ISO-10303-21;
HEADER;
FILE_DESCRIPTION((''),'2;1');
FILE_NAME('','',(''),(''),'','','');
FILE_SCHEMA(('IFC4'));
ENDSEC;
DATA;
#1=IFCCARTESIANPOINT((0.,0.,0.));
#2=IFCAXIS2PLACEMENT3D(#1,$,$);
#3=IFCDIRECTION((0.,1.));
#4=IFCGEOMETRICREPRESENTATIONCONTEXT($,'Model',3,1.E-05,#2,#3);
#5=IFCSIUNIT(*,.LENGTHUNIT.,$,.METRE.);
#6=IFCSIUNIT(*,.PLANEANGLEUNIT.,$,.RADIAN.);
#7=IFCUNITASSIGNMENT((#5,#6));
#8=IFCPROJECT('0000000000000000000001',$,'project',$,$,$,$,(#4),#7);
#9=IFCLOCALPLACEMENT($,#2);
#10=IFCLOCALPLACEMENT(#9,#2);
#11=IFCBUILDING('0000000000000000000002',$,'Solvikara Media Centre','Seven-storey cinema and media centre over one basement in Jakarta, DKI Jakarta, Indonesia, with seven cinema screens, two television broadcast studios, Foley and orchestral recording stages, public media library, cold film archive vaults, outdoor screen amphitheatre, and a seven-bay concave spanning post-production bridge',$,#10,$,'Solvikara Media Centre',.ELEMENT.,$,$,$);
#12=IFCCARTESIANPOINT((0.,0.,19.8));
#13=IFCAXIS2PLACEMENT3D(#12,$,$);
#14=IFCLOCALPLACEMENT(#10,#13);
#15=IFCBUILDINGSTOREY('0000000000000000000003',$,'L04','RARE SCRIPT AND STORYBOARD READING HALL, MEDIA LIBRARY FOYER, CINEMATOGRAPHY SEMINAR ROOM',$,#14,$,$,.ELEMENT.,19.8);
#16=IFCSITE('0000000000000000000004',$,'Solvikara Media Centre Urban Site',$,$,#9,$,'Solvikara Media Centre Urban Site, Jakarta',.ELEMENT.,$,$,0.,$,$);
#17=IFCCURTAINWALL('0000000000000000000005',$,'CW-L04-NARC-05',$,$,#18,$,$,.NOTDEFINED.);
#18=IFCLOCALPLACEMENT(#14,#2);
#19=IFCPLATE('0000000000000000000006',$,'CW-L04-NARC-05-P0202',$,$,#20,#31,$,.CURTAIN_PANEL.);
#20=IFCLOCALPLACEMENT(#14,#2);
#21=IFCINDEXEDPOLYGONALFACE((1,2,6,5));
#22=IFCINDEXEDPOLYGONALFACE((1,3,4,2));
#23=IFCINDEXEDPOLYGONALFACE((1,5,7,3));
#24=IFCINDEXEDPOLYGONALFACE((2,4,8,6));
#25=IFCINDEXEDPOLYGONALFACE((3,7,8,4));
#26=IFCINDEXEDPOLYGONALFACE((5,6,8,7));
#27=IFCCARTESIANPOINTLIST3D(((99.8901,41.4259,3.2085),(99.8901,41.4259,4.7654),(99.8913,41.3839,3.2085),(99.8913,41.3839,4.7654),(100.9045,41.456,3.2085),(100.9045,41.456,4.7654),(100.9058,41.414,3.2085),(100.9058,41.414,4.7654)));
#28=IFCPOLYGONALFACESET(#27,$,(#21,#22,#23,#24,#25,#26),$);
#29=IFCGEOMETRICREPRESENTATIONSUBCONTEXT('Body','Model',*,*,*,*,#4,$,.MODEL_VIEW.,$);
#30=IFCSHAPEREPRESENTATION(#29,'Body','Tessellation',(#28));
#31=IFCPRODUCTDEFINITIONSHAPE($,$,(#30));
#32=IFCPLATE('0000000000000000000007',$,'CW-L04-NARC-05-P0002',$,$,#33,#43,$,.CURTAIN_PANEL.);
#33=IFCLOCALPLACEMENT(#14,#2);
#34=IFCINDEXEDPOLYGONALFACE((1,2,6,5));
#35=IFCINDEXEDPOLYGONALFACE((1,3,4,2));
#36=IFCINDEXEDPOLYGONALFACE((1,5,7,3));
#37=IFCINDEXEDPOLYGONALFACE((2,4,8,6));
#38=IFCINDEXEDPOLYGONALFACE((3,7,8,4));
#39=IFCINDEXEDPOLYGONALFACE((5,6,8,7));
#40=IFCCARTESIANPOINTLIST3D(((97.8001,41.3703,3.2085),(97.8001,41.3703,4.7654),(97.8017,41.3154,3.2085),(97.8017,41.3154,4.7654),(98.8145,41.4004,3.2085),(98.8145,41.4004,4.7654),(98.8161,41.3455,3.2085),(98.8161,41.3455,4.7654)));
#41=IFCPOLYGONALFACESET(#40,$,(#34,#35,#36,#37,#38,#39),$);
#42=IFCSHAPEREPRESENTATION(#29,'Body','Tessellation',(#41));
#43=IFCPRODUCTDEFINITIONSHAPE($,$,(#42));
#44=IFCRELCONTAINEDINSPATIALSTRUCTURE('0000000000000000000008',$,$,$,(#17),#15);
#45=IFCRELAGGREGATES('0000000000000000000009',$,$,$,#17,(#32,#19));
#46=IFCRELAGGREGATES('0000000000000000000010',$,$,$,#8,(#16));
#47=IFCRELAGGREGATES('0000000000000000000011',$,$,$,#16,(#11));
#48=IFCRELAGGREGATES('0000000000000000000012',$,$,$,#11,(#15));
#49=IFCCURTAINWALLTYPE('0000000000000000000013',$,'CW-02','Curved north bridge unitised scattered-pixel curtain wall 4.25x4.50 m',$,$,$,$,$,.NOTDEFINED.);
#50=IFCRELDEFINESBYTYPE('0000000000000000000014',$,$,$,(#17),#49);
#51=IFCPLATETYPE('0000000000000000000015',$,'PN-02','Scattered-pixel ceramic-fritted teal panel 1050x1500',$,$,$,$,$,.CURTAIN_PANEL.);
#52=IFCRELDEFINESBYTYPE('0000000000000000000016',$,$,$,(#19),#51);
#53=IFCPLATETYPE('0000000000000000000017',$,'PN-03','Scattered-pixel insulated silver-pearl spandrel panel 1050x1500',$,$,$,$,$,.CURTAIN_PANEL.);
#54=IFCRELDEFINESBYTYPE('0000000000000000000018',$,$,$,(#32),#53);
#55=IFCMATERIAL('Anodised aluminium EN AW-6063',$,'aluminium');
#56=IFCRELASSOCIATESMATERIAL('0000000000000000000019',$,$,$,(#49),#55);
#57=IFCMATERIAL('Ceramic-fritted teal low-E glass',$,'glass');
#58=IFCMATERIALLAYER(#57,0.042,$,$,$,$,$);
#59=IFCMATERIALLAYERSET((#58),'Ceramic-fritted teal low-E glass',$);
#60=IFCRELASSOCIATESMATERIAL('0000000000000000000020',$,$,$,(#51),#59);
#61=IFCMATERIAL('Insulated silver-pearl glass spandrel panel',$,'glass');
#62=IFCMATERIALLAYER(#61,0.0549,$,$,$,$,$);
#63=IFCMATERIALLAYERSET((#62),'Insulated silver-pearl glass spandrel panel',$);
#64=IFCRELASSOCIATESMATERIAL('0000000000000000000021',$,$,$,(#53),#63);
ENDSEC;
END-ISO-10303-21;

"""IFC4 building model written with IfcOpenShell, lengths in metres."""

from ifc_helpers import new_model, si_unit, direction, frame, origin, origin_2d, place, context, subcontext, project, spatial, rectangle, extrude, material, layer, layer_set, type_object, element, aggregate, save


model = new_model("IFC4")

# Units and contexts
model_context = context("Model", 3, precision=1e-05, world=origin(), true_north=direction((0.0, 1.0)))
body_context = subcontext(model_context, "Body", "Model", "MODEL_VIEW")
ifc_project = project(units=[si_unit("LENGTHUNIT", "METRE"), si_unit("PLANEANGLEUNIT", "RADIAN")], contexts=[model_context])

# Site, building, storey
site_placement = place(None, origin())
site = spatial("IfcSite", under=ifc_project, at=site_placement, Name="Solvikara Media Centre Urban Site", LongName="Solvikara Media Centre Urban Site, Jakarta", CompositionType="ELEMENT", RefElevation=0.0)
building_placement = place(site_placement, origin())
building = spatial("IfcBuilding", under=site, at=building_placement, Name="Solvikara Media Centre", Description="Seven-storey cinema and media centre over one basement in Jakarta, DKI Jakarta, Indonesia, with seven cinema screens, two television broadcast studios, Foley and orchestral recording stages, public media library, cold film archive vaults, outdoor screen amphitheatre, and a seven-bay concave spanning post-production bridge", LongName="Solvikara Media Centre", CompositionType="ELEMENT")
storey_placement = place(building_placement, frame((0.0, 0.0, 19.8)))
storey = spatial("IfcBuildingStorey", under=building, at=storey_placement, Name="L04", Description="RARE SCRIPT AND STORYBOARD READING HALL, MEDIA LIBRARY FOYER, CINEMATOGRAPHY SEMINAR ROOM", CompositionType="ELEMENT", Elevation=19.8)

# Curtain wall
ifc_material_1 = material(Name="Anodised aluminium EN AW-6063", Category="aluminium")
curtain_wall_type = type_object("IfcCurtainWallType", Name="CW-02", Description="Curved north bridge unitised scattered-pixel curtain wall 4.25x4.50 m", PredefinedType="NOTDEFINED", material=ifc_material_1)
curtain_wall_1_placement = place(storey_placement, origin())
curtain_wall_1 = element("IfcCurtainWall", 1, at=curtain_wall_1_placement, inside=storey, type_object=curtain_wall_type, Name="CW-L04-NARC-05", PredefinedType="NOTDEFINED")

# Plates
ifc_material_2 = material(Name="Ceramic-fritted teal low-E glass", Category="glass")
ifc_layer_1 = layer(ifc_material_2, 0.042)
ifc_layer_set_1 = layer_set([ifc_layer_1], Name="Ceramic-fritted teal low-E glass")
plate_type_1 = type_object("IfcPlateType", Name="PN-02", Description="Scattered-pixel ceramic-fritted teal panel 1050x1500", PredefinedType="CURTAIN_PANEL", material=ifc_layer_set_1)
plate_1_placement = place(storey_placement, frame((100.3979, 41.4199, 3.2085), z_axis=(0.0, 0.0, 1.0), x_axis=(0.99956, 0.029649, 0.0)))
plate_1 = element("IfcPlate", 2, at=plate_1_placement, type_object=plate_type_1, Name="CW-L04-NARC-05-P0202", PredefinedType="CURTAIN_PANEL", context=body_context, shape_type="SweptSolid", body=[
    extrude(rectangle(XDim=1.0149, YDim=0.042, at=origin_2d()), origin(), (0.0, 0.0, 1.0), 1.5569),
])
ifc_material_3 = material(Name="Insulated silver-pearl glass spandrel panel", Category="glass")
ifc_layer_2 = layer(ifc_material_3, 0.0549)
ifc_layer_set_2 = layer_set([ifc_layer_2], Name="Insulated silver-pearl glass spandrel panel")
plate_type_2 = type_object("IfcPlateType", Name="PN-03", Description="Scattered-pixel insulated silver-pearl spandrel panel 1050x1500", PredefinedType="CURTAIN_PANEL", material=ifc_layer_set_2)
plate_2_placement = place(storey_placement, frame((98.3081, 41.3579, 3.2085), z_axis=(0.0, 0.0, 1.0), x_axis=(0.99956, 0.029649, 0.0)))
plate_2 = element("IfcPlate", 3, at=plate_2_placement, type_object=plate_type_2, Name="CW-L04-NARC-05-P0002", PredefinedType="CURTAIN_PANEL", context=body_context, shape_type="SweptSolid", body=[
    extrude(rectangle(XDim=1.0149, YDim=0.0549, at=origin_2d()), origin(), (0.0, 0.0, 1.0), 1.5569),
])
aggregate(curtain_wall_1, [plate_2, plate_1])

save(model, "model.ifc")
